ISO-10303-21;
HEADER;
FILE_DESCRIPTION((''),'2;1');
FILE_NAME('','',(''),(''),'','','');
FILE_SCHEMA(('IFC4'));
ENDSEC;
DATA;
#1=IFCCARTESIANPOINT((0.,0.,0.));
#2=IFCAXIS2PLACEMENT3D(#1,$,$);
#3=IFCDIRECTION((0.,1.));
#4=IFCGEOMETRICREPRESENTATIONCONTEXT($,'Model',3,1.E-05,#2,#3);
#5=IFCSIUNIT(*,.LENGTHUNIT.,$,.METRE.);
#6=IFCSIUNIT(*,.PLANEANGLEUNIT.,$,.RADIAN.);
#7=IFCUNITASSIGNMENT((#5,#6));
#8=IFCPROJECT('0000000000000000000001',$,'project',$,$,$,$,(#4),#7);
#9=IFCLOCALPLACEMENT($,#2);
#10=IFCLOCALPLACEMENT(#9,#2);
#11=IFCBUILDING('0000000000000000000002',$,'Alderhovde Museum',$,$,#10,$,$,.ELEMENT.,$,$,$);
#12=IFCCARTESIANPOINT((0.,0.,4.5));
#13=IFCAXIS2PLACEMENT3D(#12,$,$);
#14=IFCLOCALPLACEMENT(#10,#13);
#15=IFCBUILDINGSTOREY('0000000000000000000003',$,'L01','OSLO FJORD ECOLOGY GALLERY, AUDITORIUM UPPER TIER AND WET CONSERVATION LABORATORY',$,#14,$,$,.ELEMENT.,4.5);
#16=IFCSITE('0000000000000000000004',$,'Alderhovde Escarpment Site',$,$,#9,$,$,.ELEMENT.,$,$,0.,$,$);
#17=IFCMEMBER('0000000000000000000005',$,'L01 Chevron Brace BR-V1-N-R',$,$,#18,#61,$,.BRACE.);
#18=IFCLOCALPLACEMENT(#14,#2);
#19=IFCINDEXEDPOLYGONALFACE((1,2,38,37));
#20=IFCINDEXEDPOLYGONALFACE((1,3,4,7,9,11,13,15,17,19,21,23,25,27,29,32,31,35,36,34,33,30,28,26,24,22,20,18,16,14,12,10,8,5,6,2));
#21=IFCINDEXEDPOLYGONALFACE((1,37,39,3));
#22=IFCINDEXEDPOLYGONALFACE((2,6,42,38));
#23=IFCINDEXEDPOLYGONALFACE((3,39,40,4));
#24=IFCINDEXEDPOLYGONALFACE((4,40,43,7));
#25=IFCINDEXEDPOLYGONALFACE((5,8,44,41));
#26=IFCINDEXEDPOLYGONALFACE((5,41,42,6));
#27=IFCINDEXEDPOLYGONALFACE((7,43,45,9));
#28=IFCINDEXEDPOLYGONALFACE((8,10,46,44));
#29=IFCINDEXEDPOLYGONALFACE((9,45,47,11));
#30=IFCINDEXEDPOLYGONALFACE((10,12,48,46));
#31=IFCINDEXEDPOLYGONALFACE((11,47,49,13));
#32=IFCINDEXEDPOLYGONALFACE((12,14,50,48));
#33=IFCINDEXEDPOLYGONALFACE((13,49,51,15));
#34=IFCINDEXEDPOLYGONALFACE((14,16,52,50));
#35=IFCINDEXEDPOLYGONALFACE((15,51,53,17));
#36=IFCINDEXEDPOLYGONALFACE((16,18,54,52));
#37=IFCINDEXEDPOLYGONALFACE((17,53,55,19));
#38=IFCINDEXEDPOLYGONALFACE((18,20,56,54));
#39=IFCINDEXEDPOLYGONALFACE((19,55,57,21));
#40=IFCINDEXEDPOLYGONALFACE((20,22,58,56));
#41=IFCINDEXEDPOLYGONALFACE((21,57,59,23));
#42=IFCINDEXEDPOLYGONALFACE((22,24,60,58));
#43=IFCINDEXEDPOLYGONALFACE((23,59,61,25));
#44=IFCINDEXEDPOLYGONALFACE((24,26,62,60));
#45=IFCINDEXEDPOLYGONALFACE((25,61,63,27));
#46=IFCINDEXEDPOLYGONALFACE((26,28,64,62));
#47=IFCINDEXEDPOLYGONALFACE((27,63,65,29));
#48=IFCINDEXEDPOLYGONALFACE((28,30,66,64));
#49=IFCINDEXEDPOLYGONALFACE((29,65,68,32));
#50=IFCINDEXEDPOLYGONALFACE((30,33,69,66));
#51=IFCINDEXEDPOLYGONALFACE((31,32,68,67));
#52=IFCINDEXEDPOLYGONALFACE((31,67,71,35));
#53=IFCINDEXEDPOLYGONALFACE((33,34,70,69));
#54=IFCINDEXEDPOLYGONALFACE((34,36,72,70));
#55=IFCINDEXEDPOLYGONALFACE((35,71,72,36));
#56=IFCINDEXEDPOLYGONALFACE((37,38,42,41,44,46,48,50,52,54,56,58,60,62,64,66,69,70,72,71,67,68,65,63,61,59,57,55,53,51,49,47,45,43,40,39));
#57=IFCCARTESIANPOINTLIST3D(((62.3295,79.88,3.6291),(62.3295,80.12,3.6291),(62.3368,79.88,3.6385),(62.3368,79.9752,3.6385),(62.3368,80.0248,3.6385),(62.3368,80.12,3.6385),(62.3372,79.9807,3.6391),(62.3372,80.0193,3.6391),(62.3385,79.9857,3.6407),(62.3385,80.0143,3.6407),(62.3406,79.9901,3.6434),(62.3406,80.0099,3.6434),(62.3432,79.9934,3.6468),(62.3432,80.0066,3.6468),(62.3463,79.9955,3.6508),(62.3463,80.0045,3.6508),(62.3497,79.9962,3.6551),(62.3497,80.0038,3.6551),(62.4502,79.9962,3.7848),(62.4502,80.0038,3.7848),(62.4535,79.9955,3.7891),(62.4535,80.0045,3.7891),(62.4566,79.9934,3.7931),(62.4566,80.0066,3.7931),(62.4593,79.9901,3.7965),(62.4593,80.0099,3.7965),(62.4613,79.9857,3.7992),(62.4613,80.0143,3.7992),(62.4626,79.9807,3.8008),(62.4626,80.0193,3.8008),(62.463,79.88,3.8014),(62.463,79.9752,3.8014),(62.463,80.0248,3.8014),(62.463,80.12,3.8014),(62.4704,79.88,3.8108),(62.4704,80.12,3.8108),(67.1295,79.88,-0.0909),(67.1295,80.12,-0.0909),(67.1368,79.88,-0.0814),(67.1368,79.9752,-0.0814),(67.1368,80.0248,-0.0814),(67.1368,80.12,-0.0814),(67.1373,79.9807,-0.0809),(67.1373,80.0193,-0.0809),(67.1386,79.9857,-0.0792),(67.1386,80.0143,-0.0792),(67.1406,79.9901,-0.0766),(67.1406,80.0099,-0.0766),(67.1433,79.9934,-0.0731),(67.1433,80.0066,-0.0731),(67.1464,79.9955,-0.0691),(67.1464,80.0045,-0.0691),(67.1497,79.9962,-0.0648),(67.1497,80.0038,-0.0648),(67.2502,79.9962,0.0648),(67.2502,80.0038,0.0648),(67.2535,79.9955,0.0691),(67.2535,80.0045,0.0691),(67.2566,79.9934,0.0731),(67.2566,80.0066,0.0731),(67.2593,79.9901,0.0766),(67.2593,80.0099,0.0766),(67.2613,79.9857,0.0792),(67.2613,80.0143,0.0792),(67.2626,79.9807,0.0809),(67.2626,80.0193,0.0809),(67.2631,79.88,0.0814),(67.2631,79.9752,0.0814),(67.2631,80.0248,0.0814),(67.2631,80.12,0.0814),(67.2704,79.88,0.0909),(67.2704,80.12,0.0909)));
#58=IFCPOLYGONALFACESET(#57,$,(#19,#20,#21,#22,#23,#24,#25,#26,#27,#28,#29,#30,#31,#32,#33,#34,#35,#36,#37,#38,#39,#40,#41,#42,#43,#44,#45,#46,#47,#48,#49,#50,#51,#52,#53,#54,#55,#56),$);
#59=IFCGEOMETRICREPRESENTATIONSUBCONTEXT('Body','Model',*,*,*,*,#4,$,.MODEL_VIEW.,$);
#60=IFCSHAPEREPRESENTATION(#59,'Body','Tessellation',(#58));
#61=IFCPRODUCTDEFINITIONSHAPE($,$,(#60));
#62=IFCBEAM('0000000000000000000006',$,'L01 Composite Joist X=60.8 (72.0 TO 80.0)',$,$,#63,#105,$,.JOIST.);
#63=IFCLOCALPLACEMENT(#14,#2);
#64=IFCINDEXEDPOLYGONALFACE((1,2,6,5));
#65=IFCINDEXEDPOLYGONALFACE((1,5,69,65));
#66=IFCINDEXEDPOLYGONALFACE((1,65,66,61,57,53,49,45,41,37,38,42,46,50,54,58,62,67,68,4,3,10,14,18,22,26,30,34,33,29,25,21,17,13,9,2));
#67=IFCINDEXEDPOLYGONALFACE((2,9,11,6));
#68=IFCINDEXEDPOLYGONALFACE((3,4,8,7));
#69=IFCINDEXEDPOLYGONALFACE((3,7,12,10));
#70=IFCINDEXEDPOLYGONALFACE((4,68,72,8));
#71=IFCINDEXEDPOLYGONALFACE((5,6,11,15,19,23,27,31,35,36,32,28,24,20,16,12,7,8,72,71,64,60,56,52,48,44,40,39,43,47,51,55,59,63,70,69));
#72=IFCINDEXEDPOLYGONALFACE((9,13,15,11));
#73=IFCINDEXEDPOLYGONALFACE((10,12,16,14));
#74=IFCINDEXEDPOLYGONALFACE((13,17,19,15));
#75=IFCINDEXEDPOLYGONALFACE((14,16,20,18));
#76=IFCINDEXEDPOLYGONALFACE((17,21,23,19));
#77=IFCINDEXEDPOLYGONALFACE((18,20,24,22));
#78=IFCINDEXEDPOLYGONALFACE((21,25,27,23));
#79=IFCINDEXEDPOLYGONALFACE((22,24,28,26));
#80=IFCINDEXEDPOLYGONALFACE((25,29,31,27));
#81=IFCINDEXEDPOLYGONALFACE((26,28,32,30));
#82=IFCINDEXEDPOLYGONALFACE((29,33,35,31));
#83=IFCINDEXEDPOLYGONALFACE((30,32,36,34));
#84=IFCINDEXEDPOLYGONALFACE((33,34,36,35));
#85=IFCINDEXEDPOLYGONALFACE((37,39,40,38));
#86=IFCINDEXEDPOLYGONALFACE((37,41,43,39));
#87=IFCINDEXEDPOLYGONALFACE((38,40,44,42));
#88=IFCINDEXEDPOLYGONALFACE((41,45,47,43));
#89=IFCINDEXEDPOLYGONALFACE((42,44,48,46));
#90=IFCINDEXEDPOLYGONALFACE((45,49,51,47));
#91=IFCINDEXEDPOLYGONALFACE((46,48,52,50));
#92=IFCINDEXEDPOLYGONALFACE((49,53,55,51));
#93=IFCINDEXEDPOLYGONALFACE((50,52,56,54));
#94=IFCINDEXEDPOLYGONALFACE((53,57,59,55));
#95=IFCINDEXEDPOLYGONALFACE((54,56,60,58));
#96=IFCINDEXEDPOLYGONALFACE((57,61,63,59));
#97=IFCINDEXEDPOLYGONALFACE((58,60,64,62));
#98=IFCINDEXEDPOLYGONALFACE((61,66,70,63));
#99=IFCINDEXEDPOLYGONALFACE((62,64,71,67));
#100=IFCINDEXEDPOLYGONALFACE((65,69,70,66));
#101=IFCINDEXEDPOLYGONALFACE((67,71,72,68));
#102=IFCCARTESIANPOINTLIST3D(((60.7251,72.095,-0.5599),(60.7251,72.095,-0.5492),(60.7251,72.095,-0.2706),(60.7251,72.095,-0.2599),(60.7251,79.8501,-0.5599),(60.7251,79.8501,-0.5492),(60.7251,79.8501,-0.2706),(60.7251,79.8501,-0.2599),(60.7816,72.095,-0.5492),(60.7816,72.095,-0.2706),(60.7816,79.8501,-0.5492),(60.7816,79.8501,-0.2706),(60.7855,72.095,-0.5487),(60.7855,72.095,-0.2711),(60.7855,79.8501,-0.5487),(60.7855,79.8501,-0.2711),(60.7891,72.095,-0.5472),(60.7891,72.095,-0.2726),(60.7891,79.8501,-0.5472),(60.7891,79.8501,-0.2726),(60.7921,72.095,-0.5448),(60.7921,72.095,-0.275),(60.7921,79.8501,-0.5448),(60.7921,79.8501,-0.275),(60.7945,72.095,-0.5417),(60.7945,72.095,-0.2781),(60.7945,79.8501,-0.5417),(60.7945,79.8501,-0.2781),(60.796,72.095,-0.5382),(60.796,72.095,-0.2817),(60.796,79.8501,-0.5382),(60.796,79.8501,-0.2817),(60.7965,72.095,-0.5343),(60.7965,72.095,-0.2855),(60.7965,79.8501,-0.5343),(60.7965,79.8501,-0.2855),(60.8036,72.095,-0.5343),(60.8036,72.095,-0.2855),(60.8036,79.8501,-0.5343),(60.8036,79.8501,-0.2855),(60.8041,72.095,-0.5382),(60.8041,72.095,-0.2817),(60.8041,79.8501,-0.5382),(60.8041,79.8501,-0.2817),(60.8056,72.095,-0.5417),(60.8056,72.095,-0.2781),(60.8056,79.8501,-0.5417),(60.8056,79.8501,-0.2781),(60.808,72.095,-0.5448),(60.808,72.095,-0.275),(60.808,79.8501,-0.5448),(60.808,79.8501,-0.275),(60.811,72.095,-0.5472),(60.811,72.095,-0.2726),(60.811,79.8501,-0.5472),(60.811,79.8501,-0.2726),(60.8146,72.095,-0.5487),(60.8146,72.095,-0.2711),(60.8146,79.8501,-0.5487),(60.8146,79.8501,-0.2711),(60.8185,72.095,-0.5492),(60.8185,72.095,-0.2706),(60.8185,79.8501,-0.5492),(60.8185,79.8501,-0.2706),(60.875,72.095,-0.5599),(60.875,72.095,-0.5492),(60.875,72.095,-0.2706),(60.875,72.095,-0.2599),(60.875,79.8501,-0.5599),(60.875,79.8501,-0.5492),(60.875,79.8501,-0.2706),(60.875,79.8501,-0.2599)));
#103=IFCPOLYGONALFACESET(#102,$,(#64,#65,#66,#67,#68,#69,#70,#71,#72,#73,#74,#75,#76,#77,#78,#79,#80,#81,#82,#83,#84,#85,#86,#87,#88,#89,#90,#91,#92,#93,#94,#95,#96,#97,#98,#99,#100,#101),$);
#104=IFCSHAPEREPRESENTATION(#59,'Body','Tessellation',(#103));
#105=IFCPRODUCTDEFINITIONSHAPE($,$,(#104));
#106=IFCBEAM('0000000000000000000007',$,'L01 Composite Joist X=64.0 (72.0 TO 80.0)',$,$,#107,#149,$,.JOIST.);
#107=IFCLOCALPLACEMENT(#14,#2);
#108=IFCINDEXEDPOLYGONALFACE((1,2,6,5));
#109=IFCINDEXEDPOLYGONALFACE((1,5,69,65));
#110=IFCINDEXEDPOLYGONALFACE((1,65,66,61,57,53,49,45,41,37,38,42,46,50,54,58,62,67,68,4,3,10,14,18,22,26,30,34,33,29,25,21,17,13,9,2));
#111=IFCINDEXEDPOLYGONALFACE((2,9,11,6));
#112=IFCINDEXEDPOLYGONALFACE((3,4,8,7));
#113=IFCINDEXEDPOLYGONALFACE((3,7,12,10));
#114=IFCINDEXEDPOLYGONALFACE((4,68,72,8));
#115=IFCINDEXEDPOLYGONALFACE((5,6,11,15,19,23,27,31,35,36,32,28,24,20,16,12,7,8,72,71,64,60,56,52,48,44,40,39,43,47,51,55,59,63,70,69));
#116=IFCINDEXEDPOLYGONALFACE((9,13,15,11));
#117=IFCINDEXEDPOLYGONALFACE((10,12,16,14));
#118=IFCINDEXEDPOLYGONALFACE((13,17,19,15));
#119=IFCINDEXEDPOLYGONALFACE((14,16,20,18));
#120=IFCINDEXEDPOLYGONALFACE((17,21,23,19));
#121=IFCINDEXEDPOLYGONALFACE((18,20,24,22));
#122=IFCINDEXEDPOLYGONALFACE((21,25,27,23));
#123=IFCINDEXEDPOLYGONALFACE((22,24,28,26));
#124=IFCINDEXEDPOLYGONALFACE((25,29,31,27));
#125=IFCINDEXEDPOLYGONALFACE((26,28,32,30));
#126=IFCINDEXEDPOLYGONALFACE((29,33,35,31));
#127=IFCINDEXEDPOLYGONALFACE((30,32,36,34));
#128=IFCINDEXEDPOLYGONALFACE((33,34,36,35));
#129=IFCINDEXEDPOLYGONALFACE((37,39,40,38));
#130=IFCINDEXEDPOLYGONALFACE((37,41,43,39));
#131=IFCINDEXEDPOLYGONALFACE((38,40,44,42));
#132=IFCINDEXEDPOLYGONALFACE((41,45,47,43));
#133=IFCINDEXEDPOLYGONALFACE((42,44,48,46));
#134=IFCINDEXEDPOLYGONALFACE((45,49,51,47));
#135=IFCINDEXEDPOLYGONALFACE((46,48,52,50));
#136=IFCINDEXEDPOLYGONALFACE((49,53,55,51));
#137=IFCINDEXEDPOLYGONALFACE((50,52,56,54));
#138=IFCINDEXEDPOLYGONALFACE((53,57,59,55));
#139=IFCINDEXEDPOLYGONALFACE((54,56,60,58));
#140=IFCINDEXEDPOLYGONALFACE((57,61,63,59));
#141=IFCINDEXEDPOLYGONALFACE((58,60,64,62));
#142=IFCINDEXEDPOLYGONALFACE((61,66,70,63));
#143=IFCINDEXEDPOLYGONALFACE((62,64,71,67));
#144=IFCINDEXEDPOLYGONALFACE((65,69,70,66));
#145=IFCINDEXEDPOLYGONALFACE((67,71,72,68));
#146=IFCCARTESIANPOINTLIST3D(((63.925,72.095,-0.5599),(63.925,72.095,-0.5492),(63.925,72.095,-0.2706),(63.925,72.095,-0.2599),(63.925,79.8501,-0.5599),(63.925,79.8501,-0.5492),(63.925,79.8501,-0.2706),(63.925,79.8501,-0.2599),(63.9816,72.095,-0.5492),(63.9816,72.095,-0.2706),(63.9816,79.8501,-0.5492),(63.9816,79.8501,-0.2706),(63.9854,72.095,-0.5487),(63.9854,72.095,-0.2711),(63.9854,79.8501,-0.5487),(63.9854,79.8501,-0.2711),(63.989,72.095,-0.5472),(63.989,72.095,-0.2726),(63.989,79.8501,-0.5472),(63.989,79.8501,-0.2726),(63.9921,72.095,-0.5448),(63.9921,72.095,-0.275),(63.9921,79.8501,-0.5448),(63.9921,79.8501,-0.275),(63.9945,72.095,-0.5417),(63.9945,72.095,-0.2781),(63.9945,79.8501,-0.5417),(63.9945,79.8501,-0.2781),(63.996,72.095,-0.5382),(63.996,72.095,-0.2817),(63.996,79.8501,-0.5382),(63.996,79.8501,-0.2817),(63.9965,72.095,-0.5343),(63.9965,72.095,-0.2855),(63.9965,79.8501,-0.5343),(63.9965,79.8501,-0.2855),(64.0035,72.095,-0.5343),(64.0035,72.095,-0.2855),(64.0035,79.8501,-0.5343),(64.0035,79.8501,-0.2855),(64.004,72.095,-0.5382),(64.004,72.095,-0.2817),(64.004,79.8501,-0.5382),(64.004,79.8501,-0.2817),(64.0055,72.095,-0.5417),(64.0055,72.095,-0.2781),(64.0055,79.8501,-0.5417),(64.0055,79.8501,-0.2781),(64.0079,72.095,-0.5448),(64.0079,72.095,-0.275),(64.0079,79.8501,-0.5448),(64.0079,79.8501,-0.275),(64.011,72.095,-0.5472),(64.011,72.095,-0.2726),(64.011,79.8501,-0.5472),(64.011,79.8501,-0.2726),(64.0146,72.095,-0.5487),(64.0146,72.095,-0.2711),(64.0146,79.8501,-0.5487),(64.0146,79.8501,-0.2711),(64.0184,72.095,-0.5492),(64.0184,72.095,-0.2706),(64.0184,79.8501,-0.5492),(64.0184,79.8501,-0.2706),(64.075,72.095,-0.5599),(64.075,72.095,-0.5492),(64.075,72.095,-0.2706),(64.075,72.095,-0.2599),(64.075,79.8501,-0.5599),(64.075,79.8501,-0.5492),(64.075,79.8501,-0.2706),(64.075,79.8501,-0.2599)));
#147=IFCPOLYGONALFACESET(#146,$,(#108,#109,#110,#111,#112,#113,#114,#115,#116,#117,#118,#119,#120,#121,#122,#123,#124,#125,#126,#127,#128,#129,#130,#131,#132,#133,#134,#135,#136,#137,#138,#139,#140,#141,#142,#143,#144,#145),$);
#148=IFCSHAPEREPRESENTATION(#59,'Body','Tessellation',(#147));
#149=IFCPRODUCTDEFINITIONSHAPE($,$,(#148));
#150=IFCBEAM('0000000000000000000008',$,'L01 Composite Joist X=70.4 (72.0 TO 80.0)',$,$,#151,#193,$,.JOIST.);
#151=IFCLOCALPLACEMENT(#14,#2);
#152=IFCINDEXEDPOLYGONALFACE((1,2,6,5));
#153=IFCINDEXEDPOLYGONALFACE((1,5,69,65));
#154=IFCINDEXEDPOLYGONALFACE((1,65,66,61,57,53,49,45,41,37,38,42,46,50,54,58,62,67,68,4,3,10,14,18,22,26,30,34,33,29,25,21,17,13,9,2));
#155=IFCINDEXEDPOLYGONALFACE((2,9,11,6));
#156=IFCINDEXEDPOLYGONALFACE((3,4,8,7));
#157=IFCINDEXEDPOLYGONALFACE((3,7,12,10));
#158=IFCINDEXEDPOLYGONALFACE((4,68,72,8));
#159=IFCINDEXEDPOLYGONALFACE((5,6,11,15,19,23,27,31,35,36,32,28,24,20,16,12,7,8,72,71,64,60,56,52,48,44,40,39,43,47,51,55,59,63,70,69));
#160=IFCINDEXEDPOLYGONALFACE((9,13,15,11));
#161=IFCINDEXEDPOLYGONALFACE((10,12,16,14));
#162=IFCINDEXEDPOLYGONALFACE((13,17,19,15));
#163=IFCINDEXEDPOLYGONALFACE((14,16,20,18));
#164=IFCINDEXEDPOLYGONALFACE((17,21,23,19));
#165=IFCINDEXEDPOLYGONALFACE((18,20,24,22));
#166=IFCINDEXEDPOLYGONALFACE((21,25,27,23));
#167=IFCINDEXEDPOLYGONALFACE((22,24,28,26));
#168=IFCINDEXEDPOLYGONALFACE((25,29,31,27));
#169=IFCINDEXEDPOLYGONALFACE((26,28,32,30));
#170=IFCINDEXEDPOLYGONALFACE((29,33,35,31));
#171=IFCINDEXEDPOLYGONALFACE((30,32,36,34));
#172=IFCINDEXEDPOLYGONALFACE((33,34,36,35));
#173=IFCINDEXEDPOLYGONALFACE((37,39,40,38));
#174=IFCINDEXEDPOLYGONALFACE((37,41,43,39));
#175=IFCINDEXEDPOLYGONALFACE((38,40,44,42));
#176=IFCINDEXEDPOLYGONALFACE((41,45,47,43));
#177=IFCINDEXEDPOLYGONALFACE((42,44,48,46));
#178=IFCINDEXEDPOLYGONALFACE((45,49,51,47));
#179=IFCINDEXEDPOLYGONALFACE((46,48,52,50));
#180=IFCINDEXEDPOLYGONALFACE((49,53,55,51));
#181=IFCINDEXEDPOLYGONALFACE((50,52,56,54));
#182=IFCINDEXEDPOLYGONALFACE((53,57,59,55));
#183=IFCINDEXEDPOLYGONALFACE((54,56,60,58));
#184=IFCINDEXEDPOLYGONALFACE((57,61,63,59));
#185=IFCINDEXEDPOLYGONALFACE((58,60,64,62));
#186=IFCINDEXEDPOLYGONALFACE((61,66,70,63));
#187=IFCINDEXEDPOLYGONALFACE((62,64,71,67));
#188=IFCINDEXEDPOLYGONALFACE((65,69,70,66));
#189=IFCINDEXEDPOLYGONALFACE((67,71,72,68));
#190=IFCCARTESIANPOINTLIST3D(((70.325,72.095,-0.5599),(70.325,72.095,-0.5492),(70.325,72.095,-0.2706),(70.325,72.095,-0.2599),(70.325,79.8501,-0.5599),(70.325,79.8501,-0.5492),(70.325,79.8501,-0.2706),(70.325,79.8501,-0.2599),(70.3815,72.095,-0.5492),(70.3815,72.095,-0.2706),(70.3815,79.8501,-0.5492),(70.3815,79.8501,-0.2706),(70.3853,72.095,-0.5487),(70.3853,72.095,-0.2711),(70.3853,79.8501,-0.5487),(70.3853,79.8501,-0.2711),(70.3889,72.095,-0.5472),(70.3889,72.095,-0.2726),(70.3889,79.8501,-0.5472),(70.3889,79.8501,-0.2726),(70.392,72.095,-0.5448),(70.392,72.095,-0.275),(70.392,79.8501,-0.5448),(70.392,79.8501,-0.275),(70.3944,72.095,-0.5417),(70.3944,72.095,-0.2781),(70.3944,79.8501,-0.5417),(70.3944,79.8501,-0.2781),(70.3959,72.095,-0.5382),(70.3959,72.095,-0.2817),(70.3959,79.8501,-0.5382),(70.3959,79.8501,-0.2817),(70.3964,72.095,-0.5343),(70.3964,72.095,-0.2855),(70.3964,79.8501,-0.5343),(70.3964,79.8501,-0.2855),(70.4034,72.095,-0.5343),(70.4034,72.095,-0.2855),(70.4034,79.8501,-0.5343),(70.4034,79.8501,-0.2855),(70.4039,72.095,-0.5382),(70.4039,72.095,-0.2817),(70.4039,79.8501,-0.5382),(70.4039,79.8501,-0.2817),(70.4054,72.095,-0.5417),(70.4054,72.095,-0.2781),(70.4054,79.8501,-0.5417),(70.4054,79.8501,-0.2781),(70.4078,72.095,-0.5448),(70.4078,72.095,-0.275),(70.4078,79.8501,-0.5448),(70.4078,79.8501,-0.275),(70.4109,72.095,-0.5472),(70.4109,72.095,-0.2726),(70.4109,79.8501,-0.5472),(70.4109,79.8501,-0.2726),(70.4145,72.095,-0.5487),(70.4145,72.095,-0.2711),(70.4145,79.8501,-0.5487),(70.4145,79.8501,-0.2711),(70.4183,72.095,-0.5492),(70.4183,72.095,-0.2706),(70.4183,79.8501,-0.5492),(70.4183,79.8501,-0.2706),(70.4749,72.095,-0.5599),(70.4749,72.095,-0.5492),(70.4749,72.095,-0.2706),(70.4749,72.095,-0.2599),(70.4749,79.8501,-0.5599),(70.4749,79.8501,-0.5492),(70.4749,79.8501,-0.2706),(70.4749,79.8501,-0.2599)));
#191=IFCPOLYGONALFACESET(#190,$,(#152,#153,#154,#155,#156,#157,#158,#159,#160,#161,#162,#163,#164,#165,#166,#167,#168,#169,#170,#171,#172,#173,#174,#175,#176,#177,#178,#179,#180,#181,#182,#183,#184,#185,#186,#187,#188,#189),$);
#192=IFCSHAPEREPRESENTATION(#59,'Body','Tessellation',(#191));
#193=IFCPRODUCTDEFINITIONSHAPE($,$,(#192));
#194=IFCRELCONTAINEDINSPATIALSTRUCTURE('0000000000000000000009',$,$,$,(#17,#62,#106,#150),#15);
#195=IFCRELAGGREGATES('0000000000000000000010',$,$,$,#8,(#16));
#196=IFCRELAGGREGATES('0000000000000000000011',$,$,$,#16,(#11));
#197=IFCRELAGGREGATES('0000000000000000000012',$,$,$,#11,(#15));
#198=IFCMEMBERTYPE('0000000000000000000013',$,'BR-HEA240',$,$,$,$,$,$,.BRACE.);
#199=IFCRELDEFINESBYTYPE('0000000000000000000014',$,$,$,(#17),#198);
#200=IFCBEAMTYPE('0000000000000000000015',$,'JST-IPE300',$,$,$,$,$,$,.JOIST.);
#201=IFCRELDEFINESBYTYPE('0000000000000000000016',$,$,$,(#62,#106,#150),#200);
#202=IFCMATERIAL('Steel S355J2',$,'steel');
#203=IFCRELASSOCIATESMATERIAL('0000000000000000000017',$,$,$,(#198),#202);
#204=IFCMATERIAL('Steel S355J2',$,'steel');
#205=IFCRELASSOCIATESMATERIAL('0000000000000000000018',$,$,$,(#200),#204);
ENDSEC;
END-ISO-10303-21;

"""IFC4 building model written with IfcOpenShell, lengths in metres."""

from ifc_helpers import new_model, si_unit, direction, frame, origin, origin_2d, place, context, subcontext, project, spatial, i_section, extrude, material, material_profile, profile_set, type_object, element, save


model = new_model("IFC4")

# Units and contexts
model_context = context("Model", 3, precision=1e-05, world=origin(), true_north=direction((0.0, 1.0)))
body_context = subcontext(model_context, "Body", "Model", "MODEL_VIEW")
ifc_project = project(units=[si_unit("LENGTHUNIT", "METRE"), si_unit("PLANEANGLEUNIT", "RADIAN")], contexts=[model_context])

# Site, building, storey
site_placement = place(None, origin())
site = spatial("IfcSite", under=ifc_project, at=site_placement, Name="Alderhovde Escarpment Site", CompositionType="ELEMENT", RefElevation=0.0)
building_placement = place(site_placement, origin())
building = spatial("IfcBuilding", under=site, at=building_placement, Name="Alderhovde Museum", CompositionType="ELEMENT")
storey_placement = place(building_placement, frame((0.0, 0.0, 4.5)))
storey = spatial("IfcBuildingStorey", under=building, at=storey_placement, Name="L01", Description="OSLO FJORD ECOLOGY GALLERY, AUDITORIUM UPPER TIER AND WET CONSERVATION LABORATORY", CompositionType="ELEMENT", Elevation=4.5)

# Member
ifc_material_1 = material(Name="Steel S355J2", Category="steel")
ifc_material_profile_1 = material_profile(ifc_material_1, i_section(OverallWidth=0.24, OverallDepth=0.23, WebThickness=0.0076, FlangeThickness=0.012, FilletRadius=0.021, at=origin_2d()), Name="HEA 240")
ifc_profile_set_1 = profile_set([ifc_material_profile_1], Name="Steel S355J2")
member_type = type_object("IfcMemberType", Name="BR-HEA240", PredefinedType="BRACE", material=ifc_profile_set_1)
member_placement = place(storey_placement, frame((67.2, 80.0, 0.0), z_axis=(-0.79042, 0.0, 0.612565), x_axis=(0.0, -1.0, 0.0)))
element("IfcMember", 1, at=member_placement, inside=storey, type_object=member_type, Name="L01 Chevron Brace BR-V1-N-R", PredefinedType="BRACE", context=body_context, shape_type="SweptSolid", body=[
    extrude(i_section(OverallWidth=0.24, OverallDepth=0.23, WebThickness=0.0076, FlangeThickness=0.012, FilletRadius=0.021, at=origin_2d()), origin(), (0.0, 0.0, 1.0), 6.0728),
])

# Beams
ifc_material_2 = material(Name="Steel S355J2", Category="steel")
ifc_material_profile_2 = material_profile(ifc_material_2, i_section(OverallWidth=0.1499, OverallDepth=0.3, WebThickness=0.0071, FlangeThickness=0.0107, FilletRadius=0.0149, at=origin_2d()), Name="IPE 300")
ifc_profile_set_2 = profile_set([ifc_material_profile_2], Name="Steel S355J2")
beam_type_1 = type_object("IfcBeamType", Name="JST-IPE300", PredefinedType="JOIST", material=ifc_profile_set_2)
for number, where, z_axis, x_axis, name in (
    (2, (60.8, 72.095, -0.4099), (0.0, 1.0, 0.0), (-1.0, 0.0, 0.0), "L01 Composite Joist X=60.8 (72.0 TO 80.0)"),
    (3, (64.0, 72.095, -0.4099), (0.0, 1.0, 0.0), (-1.0, 0.0, 0.0), "L01 Composite Joist X=64.0 (72.0 TO 80.0)"),
    (4, (70.3999, 72.095, -0.4099), (0.0, 1.0, 0.0), (-1.0, 0.0, 0.0), "L01 Composite Joist X=70.4 (72.0 TO 80.0)"),
):
    element("IfcBeam", number, at=place(storey_placement, frame(where, z_axis=z_axis, x_axis=x_axis)), inside=storey, type_object=beam_type_1, Name=name, PredefinedType="JOIST", context=body_context, shape_type="SweptSolid", body=[
        extrude(i_section(OverallWidth=0.1499, OverallDepth=0.3, WebThickness=0.0071, FlangeThickness=0.0107, FilletRadius=0.0149, at=origin_2d()), origin(), (0.0, 0.0, 1.0), 7.7551),
    ])

save(model, "model.ifc")
